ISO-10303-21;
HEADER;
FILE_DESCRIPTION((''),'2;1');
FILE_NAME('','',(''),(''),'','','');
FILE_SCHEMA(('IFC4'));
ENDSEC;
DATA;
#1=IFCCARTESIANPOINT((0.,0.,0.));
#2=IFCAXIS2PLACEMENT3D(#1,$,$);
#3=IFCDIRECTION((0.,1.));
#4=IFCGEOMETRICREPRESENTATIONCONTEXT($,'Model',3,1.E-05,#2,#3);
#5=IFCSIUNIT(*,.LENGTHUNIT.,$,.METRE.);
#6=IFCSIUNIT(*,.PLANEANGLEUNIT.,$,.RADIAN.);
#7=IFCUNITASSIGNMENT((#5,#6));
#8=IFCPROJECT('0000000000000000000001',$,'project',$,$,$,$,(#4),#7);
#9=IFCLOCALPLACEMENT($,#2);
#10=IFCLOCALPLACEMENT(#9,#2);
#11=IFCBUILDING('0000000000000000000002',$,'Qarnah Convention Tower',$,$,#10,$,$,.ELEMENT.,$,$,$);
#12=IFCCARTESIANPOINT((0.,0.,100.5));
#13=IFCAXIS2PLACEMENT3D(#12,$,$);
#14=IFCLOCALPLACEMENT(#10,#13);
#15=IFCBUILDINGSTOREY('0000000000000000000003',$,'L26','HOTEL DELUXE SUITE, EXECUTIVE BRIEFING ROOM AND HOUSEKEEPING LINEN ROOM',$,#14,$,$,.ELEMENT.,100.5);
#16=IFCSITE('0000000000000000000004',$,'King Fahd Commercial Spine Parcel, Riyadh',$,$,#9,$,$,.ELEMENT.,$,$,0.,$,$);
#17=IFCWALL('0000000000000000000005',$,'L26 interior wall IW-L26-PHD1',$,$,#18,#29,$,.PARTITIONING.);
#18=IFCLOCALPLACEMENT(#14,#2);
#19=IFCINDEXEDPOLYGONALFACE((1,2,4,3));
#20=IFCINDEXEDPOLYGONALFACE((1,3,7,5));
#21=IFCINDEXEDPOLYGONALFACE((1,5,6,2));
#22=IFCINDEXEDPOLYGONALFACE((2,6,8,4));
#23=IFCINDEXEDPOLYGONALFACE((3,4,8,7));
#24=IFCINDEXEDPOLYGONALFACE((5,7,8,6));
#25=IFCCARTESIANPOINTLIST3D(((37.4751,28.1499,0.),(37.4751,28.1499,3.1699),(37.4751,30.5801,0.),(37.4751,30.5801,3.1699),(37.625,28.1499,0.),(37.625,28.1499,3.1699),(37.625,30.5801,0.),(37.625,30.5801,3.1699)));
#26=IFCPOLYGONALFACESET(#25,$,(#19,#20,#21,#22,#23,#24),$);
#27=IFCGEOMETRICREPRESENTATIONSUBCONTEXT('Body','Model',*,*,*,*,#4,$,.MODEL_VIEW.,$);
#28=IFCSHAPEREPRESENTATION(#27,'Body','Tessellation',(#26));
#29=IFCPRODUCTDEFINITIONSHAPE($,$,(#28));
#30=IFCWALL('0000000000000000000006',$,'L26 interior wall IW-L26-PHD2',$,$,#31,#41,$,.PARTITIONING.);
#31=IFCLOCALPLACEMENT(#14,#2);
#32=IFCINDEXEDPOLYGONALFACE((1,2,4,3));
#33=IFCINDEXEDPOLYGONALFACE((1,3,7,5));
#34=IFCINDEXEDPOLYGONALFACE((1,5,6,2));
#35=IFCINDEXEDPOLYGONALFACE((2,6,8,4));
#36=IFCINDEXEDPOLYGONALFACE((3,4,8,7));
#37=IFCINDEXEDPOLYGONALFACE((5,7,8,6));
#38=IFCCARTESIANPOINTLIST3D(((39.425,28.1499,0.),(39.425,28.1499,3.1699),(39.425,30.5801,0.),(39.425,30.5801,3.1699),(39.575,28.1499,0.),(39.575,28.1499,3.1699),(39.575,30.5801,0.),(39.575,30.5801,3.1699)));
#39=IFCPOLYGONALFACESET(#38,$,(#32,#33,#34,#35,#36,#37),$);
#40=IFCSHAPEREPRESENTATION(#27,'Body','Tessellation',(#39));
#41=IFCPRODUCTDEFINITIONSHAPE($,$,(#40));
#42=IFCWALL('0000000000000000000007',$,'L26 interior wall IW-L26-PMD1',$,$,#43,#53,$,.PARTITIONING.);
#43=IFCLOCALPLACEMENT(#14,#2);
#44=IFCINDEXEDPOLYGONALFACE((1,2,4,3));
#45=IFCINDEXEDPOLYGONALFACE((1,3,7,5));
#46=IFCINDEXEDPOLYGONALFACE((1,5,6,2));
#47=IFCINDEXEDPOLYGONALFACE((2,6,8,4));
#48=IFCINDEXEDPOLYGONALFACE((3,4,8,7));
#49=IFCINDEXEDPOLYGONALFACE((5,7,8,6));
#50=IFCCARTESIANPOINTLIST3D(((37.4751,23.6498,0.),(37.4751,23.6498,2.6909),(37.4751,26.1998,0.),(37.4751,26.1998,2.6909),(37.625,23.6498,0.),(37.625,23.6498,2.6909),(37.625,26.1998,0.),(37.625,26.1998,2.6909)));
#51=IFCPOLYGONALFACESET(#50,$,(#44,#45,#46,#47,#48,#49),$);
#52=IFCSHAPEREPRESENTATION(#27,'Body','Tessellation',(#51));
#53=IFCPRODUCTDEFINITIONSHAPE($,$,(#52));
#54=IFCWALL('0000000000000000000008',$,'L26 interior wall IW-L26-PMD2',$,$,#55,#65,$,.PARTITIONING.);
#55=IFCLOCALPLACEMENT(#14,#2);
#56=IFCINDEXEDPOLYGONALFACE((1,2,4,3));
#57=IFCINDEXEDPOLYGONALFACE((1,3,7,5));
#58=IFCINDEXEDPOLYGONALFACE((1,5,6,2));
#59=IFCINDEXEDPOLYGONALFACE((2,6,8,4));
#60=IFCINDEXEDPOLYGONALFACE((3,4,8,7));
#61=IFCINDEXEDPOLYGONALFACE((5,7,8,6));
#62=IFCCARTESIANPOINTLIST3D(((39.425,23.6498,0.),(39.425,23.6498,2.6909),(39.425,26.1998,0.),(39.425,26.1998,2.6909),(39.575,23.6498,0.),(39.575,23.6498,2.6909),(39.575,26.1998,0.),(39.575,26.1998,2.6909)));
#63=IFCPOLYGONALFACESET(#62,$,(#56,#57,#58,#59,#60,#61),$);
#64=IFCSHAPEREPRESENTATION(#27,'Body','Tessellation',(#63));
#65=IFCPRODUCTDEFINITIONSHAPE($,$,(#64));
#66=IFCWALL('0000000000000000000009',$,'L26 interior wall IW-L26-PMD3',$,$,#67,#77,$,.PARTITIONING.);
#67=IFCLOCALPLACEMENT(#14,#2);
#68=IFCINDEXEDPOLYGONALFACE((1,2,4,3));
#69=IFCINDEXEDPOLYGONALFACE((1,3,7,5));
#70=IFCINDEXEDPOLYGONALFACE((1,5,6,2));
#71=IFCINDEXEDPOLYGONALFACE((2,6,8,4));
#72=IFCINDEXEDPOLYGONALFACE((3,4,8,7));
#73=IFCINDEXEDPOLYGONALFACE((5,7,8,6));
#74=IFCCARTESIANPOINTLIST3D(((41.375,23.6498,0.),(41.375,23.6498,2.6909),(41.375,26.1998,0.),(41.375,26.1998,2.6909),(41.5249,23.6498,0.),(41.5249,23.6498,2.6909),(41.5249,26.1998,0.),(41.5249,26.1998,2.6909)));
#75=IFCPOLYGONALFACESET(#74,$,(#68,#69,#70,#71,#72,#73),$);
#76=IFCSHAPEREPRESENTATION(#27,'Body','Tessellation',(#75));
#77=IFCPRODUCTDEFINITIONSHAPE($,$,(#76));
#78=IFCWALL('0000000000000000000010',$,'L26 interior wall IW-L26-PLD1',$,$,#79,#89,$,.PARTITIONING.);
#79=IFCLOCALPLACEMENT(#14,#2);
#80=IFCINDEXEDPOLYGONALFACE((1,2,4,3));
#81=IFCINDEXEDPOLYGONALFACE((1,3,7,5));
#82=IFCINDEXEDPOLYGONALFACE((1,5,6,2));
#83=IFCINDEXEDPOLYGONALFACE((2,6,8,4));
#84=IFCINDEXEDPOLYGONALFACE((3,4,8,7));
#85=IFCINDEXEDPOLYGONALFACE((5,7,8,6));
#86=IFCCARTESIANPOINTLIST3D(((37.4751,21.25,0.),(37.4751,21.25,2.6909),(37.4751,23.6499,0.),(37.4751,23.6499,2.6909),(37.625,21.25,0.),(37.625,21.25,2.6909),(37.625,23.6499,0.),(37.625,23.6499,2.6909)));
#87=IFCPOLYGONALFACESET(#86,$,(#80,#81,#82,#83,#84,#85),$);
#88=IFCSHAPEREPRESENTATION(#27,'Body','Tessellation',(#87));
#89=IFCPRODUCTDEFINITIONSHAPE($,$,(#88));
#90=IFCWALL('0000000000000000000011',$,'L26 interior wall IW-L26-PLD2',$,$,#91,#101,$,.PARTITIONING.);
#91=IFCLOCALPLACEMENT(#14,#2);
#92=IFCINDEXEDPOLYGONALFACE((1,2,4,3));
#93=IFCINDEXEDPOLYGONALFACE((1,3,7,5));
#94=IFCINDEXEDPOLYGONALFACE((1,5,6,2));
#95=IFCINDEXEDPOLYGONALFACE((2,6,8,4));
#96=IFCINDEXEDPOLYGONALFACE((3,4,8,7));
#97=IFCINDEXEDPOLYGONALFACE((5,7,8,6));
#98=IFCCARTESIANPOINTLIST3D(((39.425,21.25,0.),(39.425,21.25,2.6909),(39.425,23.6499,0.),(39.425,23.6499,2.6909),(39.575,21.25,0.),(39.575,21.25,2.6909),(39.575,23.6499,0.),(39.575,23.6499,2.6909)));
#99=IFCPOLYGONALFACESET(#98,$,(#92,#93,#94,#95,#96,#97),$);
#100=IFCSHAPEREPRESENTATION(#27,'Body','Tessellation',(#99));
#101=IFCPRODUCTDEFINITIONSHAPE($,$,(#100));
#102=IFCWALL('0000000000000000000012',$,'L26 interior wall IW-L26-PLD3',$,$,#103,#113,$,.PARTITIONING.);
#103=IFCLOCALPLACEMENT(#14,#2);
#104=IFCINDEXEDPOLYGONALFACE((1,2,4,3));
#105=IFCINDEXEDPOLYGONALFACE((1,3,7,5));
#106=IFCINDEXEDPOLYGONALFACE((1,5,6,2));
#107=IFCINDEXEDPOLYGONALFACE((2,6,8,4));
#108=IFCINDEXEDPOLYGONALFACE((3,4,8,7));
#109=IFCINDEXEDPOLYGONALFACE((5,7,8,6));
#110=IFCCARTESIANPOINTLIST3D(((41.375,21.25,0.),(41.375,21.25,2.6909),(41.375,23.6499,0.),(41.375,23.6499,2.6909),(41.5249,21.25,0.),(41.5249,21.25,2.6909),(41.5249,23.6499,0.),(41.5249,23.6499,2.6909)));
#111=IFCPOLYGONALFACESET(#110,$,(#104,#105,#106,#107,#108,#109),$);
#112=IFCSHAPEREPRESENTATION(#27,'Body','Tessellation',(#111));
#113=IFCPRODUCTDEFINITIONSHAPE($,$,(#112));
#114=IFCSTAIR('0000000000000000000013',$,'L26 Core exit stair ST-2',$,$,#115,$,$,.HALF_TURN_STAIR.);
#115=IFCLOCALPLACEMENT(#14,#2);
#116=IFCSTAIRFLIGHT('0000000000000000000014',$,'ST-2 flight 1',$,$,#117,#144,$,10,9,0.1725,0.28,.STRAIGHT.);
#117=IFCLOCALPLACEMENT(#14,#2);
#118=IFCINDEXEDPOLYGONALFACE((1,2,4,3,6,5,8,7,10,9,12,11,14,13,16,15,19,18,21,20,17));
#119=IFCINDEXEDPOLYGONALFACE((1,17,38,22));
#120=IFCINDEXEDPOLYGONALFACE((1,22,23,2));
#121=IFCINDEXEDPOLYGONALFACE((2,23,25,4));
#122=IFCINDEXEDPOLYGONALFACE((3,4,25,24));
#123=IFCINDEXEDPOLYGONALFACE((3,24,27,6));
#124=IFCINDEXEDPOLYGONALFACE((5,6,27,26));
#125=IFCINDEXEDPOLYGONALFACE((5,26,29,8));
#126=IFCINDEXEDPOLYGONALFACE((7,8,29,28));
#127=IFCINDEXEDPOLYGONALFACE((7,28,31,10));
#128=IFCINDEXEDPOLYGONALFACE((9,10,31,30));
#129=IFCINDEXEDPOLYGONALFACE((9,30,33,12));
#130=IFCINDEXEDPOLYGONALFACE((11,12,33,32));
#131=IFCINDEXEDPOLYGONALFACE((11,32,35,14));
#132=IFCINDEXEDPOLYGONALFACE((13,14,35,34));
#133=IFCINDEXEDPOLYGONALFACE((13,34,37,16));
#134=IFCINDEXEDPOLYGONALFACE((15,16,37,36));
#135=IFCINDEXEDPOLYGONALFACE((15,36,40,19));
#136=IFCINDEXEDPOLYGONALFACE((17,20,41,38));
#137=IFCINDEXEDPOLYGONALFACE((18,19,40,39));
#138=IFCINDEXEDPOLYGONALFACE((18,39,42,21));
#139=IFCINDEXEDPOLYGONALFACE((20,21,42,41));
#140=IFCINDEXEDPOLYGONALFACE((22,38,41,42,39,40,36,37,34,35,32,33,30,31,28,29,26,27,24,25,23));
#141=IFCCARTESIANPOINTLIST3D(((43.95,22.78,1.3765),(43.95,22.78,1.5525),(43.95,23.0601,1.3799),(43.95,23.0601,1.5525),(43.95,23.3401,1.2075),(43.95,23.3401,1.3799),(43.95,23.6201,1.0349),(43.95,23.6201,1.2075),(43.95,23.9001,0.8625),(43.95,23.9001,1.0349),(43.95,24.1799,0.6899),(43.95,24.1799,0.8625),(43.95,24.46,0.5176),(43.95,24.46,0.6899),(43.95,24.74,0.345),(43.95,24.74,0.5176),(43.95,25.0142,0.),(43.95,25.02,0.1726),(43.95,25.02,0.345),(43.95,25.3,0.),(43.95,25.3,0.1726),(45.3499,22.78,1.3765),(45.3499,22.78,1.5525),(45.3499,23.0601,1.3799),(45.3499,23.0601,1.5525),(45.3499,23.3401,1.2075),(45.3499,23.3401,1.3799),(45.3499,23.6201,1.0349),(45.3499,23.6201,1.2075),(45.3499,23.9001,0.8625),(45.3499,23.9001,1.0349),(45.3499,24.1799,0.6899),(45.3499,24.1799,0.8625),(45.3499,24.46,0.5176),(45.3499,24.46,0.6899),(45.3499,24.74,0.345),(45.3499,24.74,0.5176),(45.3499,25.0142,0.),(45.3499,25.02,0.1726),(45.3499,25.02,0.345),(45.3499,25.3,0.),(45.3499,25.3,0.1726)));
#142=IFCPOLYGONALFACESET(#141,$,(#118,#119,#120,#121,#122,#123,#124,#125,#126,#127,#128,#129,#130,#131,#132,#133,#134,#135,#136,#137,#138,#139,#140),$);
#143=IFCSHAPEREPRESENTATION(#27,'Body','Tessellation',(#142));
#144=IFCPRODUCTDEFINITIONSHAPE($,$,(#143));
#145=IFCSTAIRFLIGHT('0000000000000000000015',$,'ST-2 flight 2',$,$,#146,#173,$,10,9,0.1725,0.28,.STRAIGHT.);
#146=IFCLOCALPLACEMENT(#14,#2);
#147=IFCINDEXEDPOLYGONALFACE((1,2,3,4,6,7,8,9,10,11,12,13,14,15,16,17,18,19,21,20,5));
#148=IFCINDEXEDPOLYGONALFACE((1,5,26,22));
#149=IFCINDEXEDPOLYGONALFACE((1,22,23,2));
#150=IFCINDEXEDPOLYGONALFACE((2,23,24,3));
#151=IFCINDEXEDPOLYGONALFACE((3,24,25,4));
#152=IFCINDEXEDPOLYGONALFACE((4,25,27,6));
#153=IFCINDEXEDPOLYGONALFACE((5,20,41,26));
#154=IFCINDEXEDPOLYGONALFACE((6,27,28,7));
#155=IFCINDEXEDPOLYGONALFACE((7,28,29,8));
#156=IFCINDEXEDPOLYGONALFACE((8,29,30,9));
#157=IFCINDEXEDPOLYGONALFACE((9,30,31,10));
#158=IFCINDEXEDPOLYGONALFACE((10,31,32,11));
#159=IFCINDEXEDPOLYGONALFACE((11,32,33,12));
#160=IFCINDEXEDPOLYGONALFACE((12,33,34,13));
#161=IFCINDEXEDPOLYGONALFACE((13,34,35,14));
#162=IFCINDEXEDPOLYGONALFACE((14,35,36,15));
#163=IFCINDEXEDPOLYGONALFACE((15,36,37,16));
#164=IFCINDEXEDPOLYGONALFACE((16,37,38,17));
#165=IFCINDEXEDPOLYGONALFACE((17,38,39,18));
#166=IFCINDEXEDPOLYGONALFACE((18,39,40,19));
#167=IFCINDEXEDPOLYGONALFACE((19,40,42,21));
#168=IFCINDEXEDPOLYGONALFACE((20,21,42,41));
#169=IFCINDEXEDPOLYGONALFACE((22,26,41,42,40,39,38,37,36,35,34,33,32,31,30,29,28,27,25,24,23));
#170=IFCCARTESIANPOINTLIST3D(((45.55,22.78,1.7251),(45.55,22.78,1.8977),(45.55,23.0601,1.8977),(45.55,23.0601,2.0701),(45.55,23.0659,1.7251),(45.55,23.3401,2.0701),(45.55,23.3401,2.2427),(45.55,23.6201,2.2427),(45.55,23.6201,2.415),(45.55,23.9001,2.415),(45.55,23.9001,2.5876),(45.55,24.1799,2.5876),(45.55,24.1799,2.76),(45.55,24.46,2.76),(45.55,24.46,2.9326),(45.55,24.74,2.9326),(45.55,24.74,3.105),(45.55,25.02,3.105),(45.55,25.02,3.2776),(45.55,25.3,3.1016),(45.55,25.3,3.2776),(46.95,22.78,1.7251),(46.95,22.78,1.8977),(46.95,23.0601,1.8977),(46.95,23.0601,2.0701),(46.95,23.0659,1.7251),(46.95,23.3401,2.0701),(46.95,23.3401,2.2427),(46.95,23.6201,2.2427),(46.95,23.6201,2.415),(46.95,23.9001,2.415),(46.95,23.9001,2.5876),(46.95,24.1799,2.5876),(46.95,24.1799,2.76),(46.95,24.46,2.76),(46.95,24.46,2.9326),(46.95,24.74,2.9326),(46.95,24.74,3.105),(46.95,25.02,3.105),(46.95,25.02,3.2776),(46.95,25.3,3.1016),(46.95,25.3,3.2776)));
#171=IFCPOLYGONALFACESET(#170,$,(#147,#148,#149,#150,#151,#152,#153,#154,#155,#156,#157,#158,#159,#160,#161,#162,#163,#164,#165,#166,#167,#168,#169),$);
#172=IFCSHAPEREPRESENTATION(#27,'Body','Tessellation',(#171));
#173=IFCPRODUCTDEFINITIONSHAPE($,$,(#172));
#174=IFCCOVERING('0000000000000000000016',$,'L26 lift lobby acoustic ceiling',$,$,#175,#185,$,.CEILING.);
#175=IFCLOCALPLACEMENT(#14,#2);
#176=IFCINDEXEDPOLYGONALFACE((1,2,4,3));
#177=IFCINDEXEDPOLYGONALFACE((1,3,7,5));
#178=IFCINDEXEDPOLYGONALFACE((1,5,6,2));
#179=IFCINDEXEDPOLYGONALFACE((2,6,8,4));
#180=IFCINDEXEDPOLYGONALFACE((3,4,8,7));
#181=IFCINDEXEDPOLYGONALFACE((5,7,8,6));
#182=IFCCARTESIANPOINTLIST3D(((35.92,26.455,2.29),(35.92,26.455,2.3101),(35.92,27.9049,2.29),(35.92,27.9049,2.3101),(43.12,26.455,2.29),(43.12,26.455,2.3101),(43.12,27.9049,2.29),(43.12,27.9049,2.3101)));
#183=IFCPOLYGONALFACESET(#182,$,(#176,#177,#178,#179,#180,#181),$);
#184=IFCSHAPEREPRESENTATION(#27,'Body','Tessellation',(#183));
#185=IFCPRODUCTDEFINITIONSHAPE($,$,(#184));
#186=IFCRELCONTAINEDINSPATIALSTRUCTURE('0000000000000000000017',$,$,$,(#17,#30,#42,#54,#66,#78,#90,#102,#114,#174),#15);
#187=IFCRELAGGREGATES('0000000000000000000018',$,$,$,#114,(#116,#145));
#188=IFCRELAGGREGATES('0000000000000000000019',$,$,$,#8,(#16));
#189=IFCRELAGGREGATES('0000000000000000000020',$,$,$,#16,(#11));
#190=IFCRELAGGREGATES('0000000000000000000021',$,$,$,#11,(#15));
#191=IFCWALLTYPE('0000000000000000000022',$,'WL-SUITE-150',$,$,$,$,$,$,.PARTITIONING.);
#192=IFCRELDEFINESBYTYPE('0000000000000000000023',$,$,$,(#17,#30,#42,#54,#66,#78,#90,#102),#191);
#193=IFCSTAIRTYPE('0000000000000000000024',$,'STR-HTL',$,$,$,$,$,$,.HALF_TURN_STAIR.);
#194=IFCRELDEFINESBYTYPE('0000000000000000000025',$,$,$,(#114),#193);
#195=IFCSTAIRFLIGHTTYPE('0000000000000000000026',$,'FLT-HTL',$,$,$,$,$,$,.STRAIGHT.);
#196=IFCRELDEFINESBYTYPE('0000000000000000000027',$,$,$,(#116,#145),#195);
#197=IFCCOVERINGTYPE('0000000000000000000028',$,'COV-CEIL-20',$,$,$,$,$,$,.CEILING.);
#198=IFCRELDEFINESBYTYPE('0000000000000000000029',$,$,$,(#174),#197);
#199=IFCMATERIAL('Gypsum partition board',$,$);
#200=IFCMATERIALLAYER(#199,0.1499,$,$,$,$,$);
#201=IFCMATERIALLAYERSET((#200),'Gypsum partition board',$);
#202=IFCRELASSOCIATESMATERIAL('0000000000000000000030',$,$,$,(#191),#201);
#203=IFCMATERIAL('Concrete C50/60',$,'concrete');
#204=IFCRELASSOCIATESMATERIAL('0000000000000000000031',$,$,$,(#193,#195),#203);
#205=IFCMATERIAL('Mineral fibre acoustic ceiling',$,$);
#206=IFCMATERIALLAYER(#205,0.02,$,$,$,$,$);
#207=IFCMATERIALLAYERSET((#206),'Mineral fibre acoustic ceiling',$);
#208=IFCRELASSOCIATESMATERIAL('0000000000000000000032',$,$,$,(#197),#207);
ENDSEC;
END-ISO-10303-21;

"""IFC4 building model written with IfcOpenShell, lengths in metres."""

from ifc_helpers import new_model, si_unit, direction, frame, frame_2d, origin, origin_2d, place, context, subcontext, project, spatial, polyline, rectangle, outline, extrude, material, layer, layer_set, type_object, element, aggregate, save


model = new_model("IFC4")

# Units and contexts
model_context = context("Model", 3, precision=1e-05, world=origin(), true_north=direction((0.0, 1.0)))
body_context = subcontext(model_context, "Body", "Model", "MODEL_VIEW")
ifc_project = project(units=[si_unit("LENGTHUNIT", "METRE"), si_unit("PLANEANGLEUNIT", "RADIAN")], contexts=[model_context])

# Site, building, storey
site_placement = place(None, origin())
site = spatial("IfcSite", under=ifc_project, at=site_placement, Name="King Fahd Commercial Spine Parcel, Riyadh", CompositionType="ELEMENT", RefElevation=0.0)
building_placement = place(site_placement, origin())
building = spatial("IfcBuilding", under=site, at=building_placement, Name="Qarnah Convention Tower", CompositionType="ELEMENT")
storey_placement = place(building_placement, frame((0.0, 0.0, 100.5)))
storey = spatial("IfcBuildingStorey", under=building, at=storey_placement, Name="L26", Description="HOTEL DELUXE SUITE, EXECUTIVE BRIEFING ROOM AND HOUSEKEEPING LINEN ROOM", CompositionType="ELEMENT", Elevation=100.5)

# Walls
ifc_material_1 = material(Name="Gypsum partition board")
ifc_layer_1 = layer(ifc_material_1, 0.1499)
ifc_layer_set_1 = layer_set([ifc_layer_1], Name="Gypsum partition board")
wall_type_1 = type_object("IfcWallType", Name="WL-SUITE-150", PredefinedType="PARTITIONING", material=ifc_layer_set_1)
for number, where, z_axis, x_axis, name in (
    (1, (37.55, 28.1499, 0.0), (0.0, 0.0, 1.0), (0.0, 1.0, 0.0), "L26 interior wall IW-L26-PHD1"),
    (2, (39.5, 28.1499, 0.0), (0.0, 0.0, 1.0), (0.0, 1.0, 0.0), "L26 interior wall IW-L26-PHD2"),
):
    element("IfcWall", number, at=place(storey_placement, frame(where, z_axis=z_axis, x_axis=x_axis)), inside=storey, type_object=wall_type_1, Name=name, PredefinedType="PARTITIONING", context=body_context, shape_type="SweptSolid", body=[
        extrude(rectangle(XDim=2.4302, YDim=0.1499, at=frame_2d((1.2151, 0.0))), origin(), (0.0, 0.0, 1.0), 3.1699),
    ])
for number, where, z_axis, x_axis, name in (
    (3, (37.55, 23.6499, 0.0), (0.0, 0.0, 1.0), (0.0, 1.0, 0.0), "L26 interior wall IW-L26-PMD1"),
    (4, (39.5, 23.6499, 0.0), (0.0, 0.0, 1.0), (0.0, 1.0, 0.0), "L26 interior wall IW-L26-PMD2"),
    (5, (41.45, 23.6499, 0.0), (0.0, 0.0, 1.0), (0.0, 1.0, 0.0), "L26 interior wall IW-L26-PMD3"),
):
    element("IfcWall", number, at=place(storey_placement, frame(where, z_axis=z_axis, x_axis=x_axis)), inside=storey, type_object=wall_type_1, Name=name, PredefinedType="PARTITIONING", context=body_context, shape_type="SweptSolid", body=[
        extrude(rectangle(XDim=2.55, YDim=0.1499, at=frame_2d((1.2749, 0.0))), origin(), (0.0, 0.0, 1.0), 2.6909),
    ])
for number, where, z_axis, x_axis, name in (
    (6, (37.55, 21.25, 0.0), (0.0, 0.0, 1.0), (0.0, 1.0, 0.0), "L26 interior wall IW-L26-PLD1"),
    (7, (39.5, 21.25, 0.0), (0.0, 0.0, 1.0), (0.0, 1.0, 0.0), "L26 interior wall IW-L26-PLD2"),
    (8, (41.45, 21.25, 0.0), (0.0, 0.0, 1.0), (0.0, 1.0, 0.0), "L26 interior wall IW-L26-PLD3"),
):
    element("IfcWall", number, at=place(storey_placement, frame(where, z_axis=z_axis, x_axis=x_axis)), inside=storey, type_object=wall_type_1, Name=name, PredefinedType="PARTITIONING", context=body_context, shape_type="SweptSolid", body=[
        extrude(rectangle(XDim=2.3999, YDim=0.1499, at=frame_2d((1.2, 0.0))), origin(), (0.0, 0.0, 1.0), 2.6909),
    ])

# Stair, stair flights
ifc_material_2 = material(Name="Concrete C50/60", Category="concrete")
stair_type = type_object("IfcStairType", Name="STR-HTL", PredefinedType="HALF_TURN_STAIR", material=ifc_material_2)
stair_placement = place(storey_placement, origin())
stair = element("IfcStair", 9, at=stair_placement, inside=storey, type_object=stair_type, Name="L26 Core exit stair ST-2", PredefinedType="HALF_TURN_STAIR")
stair_flight_type = type_object("IfcStairFlightType", Name="FLT-HTL", PredefinedType="STRAIGHT", material=ifc_material_2)
stair_flight_1_placement = place(storey_placement, frame((44.6499, 25.3, 0.0), z_axis=(0.0, 0.0, 1.0), x_axis=(0.0, -1.0, 0.0)))
stair_flight_1 = element("IfcStairFlight", 10, at=stair_flight_1_placement, type_object=stair_flight_type, Name="ST-2 flight 1", NumberOfRisers=10, NumberOfTreads=9, PredefinedType="STRAIGHT", RiserHeight=0.1725, TreadLength=0.28, context=body_context, shape_type="SweptSolid", body=[
    extrude(outline(polyline([(0.0, 0.0), (0.0, 0.1726), (0.28, 0.1726), (0.28, 0.345), (0.5601, 0.345), (0.5601, 0.5176), (0.8401, 0.5176), (0.8401, 0.6899), (1.1201, 0.6899), (1.1201, 0.8625), (1.3999, 0.8625), (1.3999, 1.0349), (1.6799, 1.0349), (1.6799, 1.2075), (1.96, 1.2075), (1.96, 1.3799), (2.24, 1.3799), (2.24, 1.5525), (2.52, 1.5525), (2.52, 1.7251), (2.52, 1.3765), (0.2859, 0.0), (0.0, 0.0)])), frame((0.0, 0.7, 0.0), z_axis=(0.0, -1.0, 0.0), x_axis=(1.0, 0.0, 0.0)), (0.0, 0.0, 1.0), 1.3999),
])
stair_flight_2_placement = place(storey_placement, frame((46.25, 22.78, 1.7251), z_axis=(0.0, 0.0, 1.0), x_axis=(0.0, 1.0, 0.0)))
stair_flight_2 = element("IfcStairFlight", 11, at=stair_flight_2_placement, type_object=stair_flight_type, Name="ST-2 flight 2", NumberOfRisers=10, NumberOfTreads=9, PredefinedType="STRAIGHT", RiserHeight=0.1725, TreadLength=0.28, context=body_context, shape_type="SweptSolid", body=[
    extrude(outline(polyline([(0.0, 0.0), (0.0, 0.1726), (0.28, 0.1726), (0.28, 0.345), (0.5601, 0.345), (0.5601, 0.5176), (0.8401, 0.5176), (0.8401, 0.6899), (1.1201, 0.6899), (1.1201, 0.8625), (1.3999, 0.8625), (1.3999, 1.0349), (1.6799, 1.0349), (1.6799, 1.2075), (1.96, 1.2075), (1.96, 1.3799), (2.24, 1.3799), (2.24, 1.5525), (2.52, 1.5525), (2.52, 1.7251), (2.52, 1.3765), (0.2859, 0.0), (0.0, 0.0)])), frame((0.0, 0.7, 0.0), z_axis=(0.0, -1.0, 0.0), x_axis=(1.0, 0.0, 0.0)), (0.0, 0.0, 1.0), 1.3999),
])
aggregate(stair, [stair_flight_1, stair_flight_2])

# Covering
ifc_material_3 = material(Name="Mineral fibre acoustic ceiling")
ifc_layer_2 = layer(ifc_material_3, 0.02)
ifc_layer_set_2 = layer_set([ifc_layer_2], Name="Mineral fibre acoustic ceiling")
covering_type = type_object("IfcCoveringType", Name="COV-CEIL-20", PredefinedType="CEILING", material=ifc_layer_set_2)
covering_placement = place(storey_placement, frame((39.52, 27.1799, 2.29), z_axis=(0.0, 0.0, 1.0), x_axis=(1.0, 0.0, 0.0)))
element("IfcCovering", 12, at=covering_placement, inside=storey, type_object=covering_type, Name="L26 lift lobby acoustic ceiling", PredefinedType="CEILING", context=body_context, shape_type="SweptSolid", body=[
    extrude(rectangle(XDim=7.2, YDim=1.45, at=origin_2d()), origin(), (0.0, 0.0, 1.0), 0.02),
])

save(model, "model.ifc")
